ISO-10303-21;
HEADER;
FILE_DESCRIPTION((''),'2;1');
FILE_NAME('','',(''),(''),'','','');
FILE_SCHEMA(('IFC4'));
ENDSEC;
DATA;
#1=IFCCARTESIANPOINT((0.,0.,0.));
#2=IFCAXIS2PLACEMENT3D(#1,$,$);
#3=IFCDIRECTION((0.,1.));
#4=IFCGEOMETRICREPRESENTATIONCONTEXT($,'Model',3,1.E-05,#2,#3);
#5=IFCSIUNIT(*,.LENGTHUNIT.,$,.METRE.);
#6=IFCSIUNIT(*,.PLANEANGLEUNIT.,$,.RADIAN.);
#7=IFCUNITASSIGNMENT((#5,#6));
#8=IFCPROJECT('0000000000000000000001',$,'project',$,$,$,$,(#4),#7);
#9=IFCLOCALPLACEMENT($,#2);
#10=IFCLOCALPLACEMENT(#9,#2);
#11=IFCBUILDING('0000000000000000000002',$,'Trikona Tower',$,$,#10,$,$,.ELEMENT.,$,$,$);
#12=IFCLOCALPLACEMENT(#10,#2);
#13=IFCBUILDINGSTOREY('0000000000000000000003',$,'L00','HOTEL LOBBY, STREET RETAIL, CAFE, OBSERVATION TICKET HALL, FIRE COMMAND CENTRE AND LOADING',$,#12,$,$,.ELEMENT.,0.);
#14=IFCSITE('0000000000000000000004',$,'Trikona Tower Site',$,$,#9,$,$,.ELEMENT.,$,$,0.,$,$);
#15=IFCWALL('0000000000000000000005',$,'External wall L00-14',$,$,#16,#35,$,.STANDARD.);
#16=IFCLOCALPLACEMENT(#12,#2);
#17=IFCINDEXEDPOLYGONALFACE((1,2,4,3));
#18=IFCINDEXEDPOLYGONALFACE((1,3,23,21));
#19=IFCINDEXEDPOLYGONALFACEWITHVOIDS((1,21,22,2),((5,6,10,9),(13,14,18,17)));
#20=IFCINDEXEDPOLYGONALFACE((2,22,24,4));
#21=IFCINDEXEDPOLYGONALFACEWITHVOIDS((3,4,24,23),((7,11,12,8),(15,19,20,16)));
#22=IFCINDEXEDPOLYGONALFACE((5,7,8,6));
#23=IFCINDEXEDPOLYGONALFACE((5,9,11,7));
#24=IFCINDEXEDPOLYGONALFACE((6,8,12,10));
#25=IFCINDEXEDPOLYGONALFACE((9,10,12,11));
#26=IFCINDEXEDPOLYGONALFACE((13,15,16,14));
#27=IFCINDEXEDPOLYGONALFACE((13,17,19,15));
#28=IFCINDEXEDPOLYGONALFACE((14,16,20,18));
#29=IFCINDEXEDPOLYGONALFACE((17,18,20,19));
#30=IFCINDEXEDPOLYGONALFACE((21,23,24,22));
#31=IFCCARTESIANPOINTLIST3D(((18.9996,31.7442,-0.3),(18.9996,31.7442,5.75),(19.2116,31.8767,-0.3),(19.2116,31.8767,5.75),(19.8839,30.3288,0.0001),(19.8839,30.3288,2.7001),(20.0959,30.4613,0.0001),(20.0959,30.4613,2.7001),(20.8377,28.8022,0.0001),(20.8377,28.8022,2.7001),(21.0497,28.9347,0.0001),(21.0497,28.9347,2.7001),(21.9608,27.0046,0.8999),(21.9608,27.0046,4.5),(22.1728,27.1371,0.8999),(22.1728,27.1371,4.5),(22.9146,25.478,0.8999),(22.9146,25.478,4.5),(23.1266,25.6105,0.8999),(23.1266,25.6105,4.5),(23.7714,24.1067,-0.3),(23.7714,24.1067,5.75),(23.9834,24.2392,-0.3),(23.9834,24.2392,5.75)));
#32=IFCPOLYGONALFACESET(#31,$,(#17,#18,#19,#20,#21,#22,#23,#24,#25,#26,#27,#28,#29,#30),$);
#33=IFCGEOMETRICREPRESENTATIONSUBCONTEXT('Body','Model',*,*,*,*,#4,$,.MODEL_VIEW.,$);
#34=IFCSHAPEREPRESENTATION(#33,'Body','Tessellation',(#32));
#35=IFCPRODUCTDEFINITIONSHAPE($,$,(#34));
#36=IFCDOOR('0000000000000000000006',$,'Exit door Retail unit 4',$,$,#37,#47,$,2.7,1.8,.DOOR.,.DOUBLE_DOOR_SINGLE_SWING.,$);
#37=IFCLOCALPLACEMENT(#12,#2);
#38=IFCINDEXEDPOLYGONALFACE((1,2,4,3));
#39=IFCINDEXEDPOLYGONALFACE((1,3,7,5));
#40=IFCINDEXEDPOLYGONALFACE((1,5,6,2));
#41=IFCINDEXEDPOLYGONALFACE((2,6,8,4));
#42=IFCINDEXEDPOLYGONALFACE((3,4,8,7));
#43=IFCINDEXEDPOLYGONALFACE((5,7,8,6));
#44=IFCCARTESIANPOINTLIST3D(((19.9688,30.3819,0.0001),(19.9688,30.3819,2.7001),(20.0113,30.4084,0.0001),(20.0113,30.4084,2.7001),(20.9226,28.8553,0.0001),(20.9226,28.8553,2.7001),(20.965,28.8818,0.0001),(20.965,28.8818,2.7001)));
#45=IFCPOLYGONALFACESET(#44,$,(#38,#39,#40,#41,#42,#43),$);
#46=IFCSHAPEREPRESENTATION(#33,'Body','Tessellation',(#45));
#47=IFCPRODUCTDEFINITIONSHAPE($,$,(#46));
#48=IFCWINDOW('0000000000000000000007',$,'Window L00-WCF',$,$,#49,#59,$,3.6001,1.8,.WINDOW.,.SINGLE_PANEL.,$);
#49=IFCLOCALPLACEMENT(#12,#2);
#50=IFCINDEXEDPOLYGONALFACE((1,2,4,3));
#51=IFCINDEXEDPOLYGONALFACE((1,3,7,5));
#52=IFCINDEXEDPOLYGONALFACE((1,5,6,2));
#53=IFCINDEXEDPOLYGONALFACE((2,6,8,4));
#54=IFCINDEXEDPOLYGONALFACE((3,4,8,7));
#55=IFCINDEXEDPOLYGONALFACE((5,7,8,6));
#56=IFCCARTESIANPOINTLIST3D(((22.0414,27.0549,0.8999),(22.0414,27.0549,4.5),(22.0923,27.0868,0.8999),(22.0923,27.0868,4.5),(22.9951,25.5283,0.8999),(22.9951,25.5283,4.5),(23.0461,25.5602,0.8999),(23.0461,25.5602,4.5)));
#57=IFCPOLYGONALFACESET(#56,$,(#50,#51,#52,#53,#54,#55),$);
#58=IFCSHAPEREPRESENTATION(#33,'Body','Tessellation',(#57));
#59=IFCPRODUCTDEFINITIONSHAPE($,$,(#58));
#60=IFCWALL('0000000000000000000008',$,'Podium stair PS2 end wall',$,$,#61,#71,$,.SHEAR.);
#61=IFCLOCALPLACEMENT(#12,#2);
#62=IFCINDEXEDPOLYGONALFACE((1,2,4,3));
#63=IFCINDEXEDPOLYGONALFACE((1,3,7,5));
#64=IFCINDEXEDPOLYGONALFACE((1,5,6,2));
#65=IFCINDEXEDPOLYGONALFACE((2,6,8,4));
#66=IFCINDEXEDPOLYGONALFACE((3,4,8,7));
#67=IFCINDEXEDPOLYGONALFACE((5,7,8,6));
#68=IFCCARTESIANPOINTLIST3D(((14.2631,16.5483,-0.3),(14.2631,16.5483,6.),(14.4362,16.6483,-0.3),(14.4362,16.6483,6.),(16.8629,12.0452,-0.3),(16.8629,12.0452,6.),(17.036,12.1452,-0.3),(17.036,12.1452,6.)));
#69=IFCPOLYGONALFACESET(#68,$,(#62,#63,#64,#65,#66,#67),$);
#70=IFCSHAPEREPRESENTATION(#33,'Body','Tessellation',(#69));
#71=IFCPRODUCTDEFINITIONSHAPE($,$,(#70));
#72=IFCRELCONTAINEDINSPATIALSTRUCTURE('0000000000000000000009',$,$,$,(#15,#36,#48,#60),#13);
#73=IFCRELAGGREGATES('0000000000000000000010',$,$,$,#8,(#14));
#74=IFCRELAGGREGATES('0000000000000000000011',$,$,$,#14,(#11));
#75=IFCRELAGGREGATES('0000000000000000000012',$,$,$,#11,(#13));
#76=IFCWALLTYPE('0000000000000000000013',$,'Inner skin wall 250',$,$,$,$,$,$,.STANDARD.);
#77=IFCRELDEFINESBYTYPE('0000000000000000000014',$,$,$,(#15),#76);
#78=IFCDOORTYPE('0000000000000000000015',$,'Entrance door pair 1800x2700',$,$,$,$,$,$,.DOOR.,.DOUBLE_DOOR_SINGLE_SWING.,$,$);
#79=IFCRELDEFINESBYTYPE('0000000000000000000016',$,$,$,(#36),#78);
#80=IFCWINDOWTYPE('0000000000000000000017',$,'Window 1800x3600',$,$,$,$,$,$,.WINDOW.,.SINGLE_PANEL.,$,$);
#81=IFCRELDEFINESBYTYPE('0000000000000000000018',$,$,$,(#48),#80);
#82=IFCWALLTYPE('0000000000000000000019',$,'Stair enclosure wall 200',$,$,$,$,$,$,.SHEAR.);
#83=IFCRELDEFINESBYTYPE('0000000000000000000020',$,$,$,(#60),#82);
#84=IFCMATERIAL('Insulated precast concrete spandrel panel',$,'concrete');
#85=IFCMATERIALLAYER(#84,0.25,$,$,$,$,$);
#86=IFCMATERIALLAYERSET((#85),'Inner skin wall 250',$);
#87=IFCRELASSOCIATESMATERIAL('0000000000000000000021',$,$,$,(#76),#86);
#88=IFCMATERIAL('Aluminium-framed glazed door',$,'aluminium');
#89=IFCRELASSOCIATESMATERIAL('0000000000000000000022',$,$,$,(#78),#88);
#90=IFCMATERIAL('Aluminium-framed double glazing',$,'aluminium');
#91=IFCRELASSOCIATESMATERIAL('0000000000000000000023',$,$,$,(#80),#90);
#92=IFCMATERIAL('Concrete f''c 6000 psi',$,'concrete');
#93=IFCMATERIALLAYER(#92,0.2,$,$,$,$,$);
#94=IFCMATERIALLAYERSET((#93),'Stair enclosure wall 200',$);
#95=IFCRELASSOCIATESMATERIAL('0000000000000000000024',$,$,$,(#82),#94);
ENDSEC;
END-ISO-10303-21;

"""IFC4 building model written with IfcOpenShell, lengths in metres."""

from ifc_helpers import new_model, si_unit, direction, frame, frame_2d, origin, place, context, subcontext, project, spatial, rectangle, extrude, material, layer, layer_set, type_object, element, fill, save


model = new_model("IFC4")

# Units and contexts
model_context = context("Model", 3, precision=1e-05, world=origin(), true_north=direction((0.0, 1.0)))
body_context = subcontext(model_context, "Body", "Model", "MODEL_VIEW")
ifc_project = project(units=[si_unit("LENGTHUNIT", "METRE"), si_unit("PLANEANGLEUNIT", "RADIAN")], contexts=[model_context])

# Site, building, storey
site_placement = place(None, origin())
site = spatial("IfcSite", under=ifc_project, at=site_placement, Name="Trikona Tower Site", CompositionType="ELEMENT", RefElevation=0.0)
building_placement = place(site_placement, origin())
building = spatial("IfcBuilding", under=site, at=building_placement, Name="Trikona Tower", CompositionType="ELEMENT")
storey_placement = place(building_placement, origin())
storey = spatial("IfcBuildingStorey", under=building, at=storey_placement, Name="L00", Description="HOTEL LOBBY, STREET RETAIL, CAFE, OBSERVATION TICKET HALL, FIRE COMMAND CENTRE AND LOADING", CompositionType="ELEMENT", Elevation=0.0)

# Wall, openings, door, window
ifc_material_1 = material(Name="Insulated precast concrete spandrel panel", Category="concrete")
ifc_layer_1 = layer(ifc_material_1, 0.25)
ifc_layer_set_1 = layer_set([ifc_layer_1], Name="Inner skin wall 250")
wall_type_1 = type_object("IfcWallType", Name="Inner skin wall 250", PredefinedType="STANDARD", material=ifc_layer_set_1)
wall_1_placement = place(storey_placement, frame((23.8774, 24.1729, -0.3), z_axis=(0.0, 0.0, 1.0), x_axis=(-0.529865, 0.848082, 0.0)))
wall_1 = element("IfcWall", 1, at=wall_1_placement, inside=storey, type_object=wall_type_1, Name="External wall L00-14", PredefinedType="STANDARD", context=body_context, shape_type="SweptSolid", body=[
    extrude(rectangle(XDim=9.0056, YDim=0.25, at=frame_2d((4.5029, 0.0))), origin(), (0.0, 0.0, 1.0), 6.05),
])
opening_1_placement = place(wall_1_placement, frame((1.6172, 0.0, 1.2)))
opening_1 = element("IfcOpeningElement", 2, at=opening_1_placement, cuts=wall_1, PredefinedType="OPENING", context=body_context, shape_type="SweptSolid", body=[
    extrude(rectangle(XDim=1.8, YDim=3.6001, at=frame_2d((0.8999, 1.8))), frame((0.0, 0.135, 0.0), z_axis=(0.0, -1.0, 0.0), x_axis=(1.0, 0.0, 0.0)), (0.0, 0.0, 1.0), 0.27),
])
opening_2_placement = place(wall_1_placement, frame((5.5369, 0.0, 0.3)))
opening_2 = element("IfcOpeningElement", 3, at=opening_2_placement, cuts=wall_1, PredefinedType="OPENING", context=body_context, shape_type="SweptSolid", body=[
    extrude(rectangle(XDim=1.8, YDim=2.7, at=frame_2d((0.8999, 1.3501))), frame((0.0, 0.135, 0.0), z_axis=(0.0, -1.0, 0.0), x_axis=(1.0, 0.0, 0.0)), (0.0, 0.0, 1.0), 0.27),
])
ifc_material_2 = material(Name="Aluminium-framed glazed door", Category="aluminium")
door_type = type_object("IfcDoorType", Name="Entrance door pair 1800x2700", OperationType="DOUBLE_DOOR_SINGLE_SWING", PredefinedType="DOOR", material=ifc_material_2)
door_placement = place(opening_2_placement, origin())
door = element("IfcDoor", 4, at=door_placement, inside=storey, type_object=door_type, Name="Exit door Retail unit 4", OperationType="DOUBLE_DOOR_SINGLE_SWING", OverallHeight=2.7, OverallWidth=1.8, PredefinedType="DOOR", context=body_context, shape_type="SweptSolid", body=[
    extrude(rectangle(XDim=1.8, YDim=2.7, at=frame_2d((0.8999, 1.3501))), frame((0.0, 0.0249, 0.0), z_axis=(0.0, -1.0, 0.0), x_axis=(1.0, 0.0, 0.0)), (0.0, 0.0, 1.0), 0.05),
])
fill(opening_2, door)
ifc_material_3 = material(Name="Aluminium-framed double glazing", Category="aluminium")
window_type = type_object("IfcWindowType", Name="Window 1800x3600", PartitioningType="SINGLE_PANEL", PredefinedType="WINDOW", material=ifc_material_3)
window_placement = place(opening_1_placement, origin())
window = element("IfcWindow", 5, at=window_placement, inside=storey, type_object=window_type, Name="Window L00-WCF", OverallHeight=3.6001, OverallWidth=1.8, PartitioningType="SINGLE_PANEL", PredefinedType="WINDOW", context=body_context, shape_type="SweptSolid", body=[
    extrude(rectangle(XDim=1.8, YDim=3.6001, at=frame_2d((0.8999, 1.8))), frame((0.0, 0.03, 0.0), z_axis=(0.0, -1.0, 0.0), x_axis=(1.0, 0.0, 0.0)), (0.0, 0.0, 1.0), 0.0601),
])
fill(opening_1, window)

# Wall
ifc_material_4 = material(Name="Concrete f'c 6000 psi", Category="concrete")
ifc_layer_2 = layer(ifc_material_4, 0.2)
ifc_layer_set_2 = layer_set([ifc_layer_2], Name="Stair enclosure wall 200")
wall_type_2 = type_object("IfcWallType", Name="Stair enclosure wall 200", PredefinedType="SHEAR", material=ifc_layer_set_2)
wall_2_placement = place(storey_placement, frame((16.9495, 12.0952, -0.3), z_axis=(0.0, 0.0, 1.0), x_axis=(-0.499992, 0.86603, 0.0)))
element("IfcWall", 6, at=wall_2_placement, inside=storey, type_object=wall_type_2, Name="Podium stair PS2 end wall", PredefinedType="SHEAR", context=body_context, shape_type="SweptSolid", body=[
    extrude(rectangle(XDim=5.1997, YDim=0.2, at=frame_2d((2.5999, 0.0))), origin(), (0.0, 0.0, 1.0), 6.3),
])

save(model, "model.ifc")
